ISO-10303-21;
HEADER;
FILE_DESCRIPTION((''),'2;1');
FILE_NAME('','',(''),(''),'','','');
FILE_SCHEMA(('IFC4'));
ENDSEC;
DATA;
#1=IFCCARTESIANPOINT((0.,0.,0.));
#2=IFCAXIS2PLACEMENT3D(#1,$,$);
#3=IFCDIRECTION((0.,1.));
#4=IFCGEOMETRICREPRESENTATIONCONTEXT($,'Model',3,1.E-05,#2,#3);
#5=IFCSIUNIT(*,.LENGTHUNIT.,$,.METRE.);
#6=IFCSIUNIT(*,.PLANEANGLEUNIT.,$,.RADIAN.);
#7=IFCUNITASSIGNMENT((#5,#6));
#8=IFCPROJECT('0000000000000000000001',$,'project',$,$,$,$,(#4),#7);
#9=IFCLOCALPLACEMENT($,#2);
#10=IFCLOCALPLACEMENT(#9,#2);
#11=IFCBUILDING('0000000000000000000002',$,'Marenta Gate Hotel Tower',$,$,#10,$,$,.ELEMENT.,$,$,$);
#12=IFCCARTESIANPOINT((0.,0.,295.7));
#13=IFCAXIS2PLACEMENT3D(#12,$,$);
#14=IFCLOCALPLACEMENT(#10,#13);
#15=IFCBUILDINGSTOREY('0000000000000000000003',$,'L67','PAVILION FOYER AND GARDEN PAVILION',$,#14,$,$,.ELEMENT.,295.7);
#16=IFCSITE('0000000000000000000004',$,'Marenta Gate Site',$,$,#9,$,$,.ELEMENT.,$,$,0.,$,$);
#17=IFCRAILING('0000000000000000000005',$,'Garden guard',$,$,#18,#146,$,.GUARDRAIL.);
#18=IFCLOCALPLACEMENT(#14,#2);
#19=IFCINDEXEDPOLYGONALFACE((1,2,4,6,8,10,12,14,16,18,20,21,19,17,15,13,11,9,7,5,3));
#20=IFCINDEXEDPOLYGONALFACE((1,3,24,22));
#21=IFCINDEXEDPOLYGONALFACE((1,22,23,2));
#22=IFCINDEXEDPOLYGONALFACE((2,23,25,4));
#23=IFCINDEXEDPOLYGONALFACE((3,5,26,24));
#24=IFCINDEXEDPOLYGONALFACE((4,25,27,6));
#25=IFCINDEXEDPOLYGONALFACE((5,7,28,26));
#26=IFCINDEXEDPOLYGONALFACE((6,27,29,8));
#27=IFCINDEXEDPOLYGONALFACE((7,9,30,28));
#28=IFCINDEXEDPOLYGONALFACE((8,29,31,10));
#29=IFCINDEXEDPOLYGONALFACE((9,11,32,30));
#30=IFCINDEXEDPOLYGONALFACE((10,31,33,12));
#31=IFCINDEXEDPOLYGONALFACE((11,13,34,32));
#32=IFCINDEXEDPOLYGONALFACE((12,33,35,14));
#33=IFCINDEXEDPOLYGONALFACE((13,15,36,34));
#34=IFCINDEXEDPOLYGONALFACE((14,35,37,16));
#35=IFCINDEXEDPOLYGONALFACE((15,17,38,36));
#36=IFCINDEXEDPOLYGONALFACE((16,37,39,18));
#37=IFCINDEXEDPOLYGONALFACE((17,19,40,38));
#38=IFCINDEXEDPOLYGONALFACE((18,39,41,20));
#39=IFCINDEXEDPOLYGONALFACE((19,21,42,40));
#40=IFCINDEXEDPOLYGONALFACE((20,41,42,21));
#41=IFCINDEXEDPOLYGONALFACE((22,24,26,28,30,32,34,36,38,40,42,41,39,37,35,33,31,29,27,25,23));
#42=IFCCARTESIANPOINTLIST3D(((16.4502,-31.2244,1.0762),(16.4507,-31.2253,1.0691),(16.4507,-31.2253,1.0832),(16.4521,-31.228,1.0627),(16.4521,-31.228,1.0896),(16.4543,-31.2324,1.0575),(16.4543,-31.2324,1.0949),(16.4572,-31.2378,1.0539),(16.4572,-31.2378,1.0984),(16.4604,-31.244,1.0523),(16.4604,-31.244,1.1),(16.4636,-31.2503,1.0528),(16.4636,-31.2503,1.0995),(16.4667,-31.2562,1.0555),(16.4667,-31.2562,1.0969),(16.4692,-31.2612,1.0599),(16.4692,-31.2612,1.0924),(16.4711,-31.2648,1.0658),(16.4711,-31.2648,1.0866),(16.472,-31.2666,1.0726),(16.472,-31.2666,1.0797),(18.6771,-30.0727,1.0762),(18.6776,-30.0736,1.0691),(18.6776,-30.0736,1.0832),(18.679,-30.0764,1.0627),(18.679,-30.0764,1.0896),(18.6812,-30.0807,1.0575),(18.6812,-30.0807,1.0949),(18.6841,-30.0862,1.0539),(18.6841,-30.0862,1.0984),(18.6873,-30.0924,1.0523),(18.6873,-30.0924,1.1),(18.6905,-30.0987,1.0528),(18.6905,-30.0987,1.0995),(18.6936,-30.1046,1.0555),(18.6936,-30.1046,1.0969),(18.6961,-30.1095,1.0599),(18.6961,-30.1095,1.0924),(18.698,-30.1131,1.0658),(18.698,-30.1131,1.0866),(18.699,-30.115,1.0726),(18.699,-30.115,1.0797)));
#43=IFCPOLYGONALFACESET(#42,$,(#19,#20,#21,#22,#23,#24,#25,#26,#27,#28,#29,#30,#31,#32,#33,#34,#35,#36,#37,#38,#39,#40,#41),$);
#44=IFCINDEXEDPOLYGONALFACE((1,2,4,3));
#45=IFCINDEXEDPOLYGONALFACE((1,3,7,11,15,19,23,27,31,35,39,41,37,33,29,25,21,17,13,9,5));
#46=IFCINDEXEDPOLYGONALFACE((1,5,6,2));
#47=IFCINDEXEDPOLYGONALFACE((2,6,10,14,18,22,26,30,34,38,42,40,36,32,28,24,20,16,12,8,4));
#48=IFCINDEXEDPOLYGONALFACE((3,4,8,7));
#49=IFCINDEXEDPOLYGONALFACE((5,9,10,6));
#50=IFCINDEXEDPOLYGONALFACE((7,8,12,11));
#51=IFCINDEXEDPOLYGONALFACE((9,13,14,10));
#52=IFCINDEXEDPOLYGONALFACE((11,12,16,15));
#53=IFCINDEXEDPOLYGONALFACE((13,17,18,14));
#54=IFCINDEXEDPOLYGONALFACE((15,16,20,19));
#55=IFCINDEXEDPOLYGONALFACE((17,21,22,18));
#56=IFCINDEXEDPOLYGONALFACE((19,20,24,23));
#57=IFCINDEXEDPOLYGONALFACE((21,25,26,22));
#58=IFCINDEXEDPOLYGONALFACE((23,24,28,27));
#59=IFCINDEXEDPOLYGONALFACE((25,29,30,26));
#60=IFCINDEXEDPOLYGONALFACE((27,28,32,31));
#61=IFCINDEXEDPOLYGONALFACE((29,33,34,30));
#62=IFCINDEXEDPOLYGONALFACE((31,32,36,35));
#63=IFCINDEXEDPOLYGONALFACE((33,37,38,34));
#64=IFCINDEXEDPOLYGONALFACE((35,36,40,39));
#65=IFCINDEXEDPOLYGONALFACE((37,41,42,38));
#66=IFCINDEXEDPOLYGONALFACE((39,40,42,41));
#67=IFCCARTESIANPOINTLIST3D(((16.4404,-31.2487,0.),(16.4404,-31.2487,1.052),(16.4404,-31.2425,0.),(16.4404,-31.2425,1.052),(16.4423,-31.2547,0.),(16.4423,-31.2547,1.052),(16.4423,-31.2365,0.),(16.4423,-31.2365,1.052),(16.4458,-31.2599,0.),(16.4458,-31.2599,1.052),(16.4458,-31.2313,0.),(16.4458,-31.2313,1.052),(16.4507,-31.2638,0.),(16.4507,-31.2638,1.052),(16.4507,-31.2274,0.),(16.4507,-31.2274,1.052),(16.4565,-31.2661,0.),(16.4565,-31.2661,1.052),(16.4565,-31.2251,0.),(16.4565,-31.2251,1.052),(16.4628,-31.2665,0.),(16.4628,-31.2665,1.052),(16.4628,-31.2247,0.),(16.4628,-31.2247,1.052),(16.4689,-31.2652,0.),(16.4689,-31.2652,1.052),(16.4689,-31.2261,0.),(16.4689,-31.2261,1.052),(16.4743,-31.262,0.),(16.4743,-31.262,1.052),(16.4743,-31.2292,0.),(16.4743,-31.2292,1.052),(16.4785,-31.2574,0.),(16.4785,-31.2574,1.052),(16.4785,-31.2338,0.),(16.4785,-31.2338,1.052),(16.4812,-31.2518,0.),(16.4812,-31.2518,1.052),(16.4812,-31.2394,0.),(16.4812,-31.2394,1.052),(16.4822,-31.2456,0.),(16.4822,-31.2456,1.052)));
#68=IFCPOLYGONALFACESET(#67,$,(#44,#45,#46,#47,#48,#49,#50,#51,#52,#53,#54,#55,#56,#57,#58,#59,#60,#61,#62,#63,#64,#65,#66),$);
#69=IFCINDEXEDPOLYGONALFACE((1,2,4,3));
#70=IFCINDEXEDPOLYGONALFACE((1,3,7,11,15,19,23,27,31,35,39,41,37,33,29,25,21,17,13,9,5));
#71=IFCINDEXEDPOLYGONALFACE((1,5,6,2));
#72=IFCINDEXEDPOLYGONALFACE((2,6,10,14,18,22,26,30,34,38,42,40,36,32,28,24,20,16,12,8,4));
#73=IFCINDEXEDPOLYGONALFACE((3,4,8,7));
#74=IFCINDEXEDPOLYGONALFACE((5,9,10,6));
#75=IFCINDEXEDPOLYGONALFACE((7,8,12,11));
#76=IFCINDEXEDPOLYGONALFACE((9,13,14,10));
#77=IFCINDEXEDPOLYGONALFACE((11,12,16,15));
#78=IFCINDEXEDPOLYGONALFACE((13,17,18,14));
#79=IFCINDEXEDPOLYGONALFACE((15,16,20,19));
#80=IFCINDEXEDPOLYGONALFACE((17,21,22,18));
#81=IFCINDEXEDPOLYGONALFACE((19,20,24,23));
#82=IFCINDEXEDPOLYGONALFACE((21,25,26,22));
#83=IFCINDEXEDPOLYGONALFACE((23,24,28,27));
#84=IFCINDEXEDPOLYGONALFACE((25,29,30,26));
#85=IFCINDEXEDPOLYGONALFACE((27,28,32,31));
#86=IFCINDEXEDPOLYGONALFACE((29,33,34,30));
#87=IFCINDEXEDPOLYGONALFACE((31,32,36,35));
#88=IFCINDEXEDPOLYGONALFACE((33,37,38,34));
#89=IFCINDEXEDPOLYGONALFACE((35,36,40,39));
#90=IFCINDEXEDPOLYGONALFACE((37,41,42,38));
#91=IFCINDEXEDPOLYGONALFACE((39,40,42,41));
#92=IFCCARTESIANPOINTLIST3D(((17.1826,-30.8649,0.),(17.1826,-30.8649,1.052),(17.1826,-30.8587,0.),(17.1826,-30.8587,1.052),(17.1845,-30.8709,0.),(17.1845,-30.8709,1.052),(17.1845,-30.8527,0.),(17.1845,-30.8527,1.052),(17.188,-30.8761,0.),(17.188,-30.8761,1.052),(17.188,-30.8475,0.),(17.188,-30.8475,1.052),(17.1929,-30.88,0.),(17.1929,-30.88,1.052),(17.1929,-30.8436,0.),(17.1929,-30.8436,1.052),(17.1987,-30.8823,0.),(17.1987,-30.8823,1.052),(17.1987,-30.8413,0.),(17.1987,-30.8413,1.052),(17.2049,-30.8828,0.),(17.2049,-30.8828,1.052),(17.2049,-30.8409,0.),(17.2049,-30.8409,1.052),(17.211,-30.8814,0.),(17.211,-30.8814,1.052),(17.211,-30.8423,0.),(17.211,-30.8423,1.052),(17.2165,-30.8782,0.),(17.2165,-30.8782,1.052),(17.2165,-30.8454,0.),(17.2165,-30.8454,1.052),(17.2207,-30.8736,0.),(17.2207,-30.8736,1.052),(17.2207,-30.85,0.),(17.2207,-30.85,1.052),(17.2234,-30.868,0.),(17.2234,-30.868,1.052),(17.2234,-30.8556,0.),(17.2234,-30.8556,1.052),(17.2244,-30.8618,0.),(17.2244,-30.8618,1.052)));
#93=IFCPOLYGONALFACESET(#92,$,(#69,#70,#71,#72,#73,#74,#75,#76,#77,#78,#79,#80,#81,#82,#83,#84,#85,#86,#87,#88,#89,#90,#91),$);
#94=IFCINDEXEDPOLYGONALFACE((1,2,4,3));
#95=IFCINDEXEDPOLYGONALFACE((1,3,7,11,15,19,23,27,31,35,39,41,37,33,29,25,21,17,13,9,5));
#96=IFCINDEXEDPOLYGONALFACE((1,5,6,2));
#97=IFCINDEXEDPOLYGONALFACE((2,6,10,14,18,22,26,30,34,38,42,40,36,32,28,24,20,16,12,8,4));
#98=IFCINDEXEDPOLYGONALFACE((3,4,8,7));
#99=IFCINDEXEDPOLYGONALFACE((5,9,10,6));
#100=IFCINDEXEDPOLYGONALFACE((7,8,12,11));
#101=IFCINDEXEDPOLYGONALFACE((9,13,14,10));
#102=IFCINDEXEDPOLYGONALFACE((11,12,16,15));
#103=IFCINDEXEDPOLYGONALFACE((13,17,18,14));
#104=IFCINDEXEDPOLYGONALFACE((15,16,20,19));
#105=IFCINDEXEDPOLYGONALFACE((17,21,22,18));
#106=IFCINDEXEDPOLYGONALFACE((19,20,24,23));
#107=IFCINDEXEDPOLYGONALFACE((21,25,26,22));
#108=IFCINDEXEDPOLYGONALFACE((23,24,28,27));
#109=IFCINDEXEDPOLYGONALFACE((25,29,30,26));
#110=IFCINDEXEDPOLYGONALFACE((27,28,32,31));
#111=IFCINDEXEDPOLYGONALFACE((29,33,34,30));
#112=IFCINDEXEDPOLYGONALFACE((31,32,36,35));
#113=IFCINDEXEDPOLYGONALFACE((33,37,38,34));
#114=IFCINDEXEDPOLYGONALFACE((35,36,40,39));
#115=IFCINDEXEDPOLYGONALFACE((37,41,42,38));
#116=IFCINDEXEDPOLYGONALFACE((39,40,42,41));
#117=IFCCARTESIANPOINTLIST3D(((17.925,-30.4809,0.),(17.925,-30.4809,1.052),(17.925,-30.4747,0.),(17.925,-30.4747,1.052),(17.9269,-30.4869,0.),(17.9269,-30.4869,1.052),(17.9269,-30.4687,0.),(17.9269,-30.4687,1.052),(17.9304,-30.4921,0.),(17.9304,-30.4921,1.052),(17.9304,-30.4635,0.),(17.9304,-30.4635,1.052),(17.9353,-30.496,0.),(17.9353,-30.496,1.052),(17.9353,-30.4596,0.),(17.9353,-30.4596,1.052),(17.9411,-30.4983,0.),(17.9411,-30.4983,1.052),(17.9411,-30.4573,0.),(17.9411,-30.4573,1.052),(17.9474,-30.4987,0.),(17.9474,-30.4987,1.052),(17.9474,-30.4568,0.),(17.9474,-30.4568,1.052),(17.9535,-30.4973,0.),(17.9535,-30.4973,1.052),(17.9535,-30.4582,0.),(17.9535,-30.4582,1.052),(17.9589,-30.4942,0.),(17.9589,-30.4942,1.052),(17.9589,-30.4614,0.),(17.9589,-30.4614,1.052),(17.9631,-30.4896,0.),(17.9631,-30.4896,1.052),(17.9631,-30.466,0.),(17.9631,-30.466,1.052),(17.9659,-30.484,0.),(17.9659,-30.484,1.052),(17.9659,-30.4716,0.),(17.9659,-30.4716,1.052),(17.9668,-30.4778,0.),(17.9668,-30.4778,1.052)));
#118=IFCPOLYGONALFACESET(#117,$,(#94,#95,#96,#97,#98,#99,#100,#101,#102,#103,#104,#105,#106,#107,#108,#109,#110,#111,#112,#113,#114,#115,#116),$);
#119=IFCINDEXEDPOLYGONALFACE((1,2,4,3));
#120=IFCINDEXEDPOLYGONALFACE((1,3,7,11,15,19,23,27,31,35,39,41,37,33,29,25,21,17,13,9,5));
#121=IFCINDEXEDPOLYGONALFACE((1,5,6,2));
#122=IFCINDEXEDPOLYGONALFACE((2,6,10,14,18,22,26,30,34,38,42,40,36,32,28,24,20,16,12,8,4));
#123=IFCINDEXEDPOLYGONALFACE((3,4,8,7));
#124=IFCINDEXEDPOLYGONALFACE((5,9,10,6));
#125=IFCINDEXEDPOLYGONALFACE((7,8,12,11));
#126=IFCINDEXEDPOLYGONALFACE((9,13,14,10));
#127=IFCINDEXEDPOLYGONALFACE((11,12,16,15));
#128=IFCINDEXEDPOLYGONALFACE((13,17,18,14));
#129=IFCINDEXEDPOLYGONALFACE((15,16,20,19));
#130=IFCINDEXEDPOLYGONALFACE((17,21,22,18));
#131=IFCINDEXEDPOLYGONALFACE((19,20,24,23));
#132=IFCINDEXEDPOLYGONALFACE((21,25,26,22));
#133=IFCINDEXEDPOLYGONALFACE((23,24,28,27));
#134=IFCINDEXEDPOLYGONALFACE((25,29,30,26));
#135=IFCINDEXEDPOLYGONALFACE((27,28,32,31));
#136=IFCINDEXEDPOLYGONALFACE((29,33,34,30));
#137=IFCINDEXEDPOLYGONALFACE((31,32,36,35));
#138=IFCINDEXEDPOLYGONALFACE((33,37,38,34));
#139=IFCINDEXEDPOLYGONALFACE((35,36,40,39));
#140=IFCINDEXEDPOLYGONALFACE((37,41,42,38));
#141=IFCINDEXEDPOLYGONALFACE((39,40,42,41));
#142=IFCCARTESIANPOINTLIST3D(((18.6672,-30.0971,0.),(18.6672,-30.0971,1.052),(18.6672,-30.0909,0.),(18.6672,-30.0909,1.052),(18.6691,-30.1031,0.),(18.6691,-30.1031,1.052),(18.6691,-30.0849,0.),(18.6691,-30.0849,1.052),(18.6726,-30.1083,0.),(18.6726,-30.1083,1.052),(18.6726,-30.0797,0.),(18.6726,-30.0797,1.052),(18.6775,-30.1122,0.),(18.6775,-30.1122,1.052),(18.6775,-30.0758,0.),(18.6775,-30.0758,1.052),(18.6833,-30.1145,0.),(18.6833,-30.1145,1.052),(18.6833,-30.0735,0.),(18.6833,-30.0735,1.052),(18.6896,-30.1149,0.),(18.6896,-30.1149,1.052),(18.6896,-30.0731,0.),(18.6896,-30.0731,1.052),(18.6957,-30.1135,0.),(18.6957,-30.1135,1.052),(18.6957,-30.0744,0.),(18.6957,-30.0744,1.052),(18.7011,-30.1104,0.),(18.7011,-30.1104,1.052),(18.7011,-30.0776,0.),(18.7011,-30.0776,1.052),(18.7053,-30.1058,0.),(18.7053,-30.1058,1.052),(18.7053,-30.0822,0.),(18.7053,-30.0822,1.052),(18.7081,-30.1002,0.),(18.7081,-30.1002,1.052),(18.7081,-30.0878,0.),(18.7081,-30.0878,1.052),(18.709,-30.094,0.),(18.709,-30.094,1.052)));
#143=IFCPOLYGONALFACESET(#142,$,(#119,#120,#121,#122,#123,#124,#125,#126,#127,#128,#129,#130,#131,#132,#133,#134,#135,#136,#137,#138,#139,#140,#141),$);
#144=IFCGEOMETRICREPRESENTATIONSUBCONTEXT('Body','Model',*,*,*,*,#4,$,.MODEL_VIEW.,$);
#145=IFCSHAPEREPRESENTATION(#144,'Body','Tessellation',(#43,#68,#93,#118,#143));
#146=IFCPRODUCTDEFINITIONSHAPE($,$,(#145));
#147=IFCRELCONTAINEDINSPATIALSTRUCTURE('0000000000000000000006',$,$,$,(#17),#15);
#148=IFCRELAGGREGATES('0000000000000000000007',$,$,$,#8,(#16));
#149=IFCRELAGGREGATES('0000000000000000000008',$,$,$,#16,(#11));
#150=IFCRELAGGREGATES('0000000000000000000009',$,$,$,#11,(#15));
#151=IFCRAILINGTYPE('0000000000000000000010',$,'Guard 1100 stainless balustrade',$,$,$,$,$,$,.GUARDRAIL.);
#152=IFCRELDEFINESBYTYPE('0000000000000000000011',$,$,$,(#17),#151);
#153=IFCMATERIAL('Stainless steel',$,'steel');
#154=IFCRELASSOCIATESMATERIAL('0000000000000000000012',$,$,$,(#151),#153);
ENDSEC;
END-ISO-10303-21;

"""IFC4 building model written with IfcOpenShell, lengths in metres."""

from ifc_helpers import new_model, si_unit, direction, frame, origin, origin_2d, place, context, subcontext, project, spatial, circle, extrude, material, type_object, element, save


model = new_model("IFC4")

# Units and contexts
model_context = context("Model", 3, precision=1e-05, world=origin(), true_north=direction((0.0, 1.0)))
body_context = subcontext(model_context, "Body", "Model", "MODEL_VIEW")
ifc_project = project(units=[si_unit("LENGTHUNIT", "METRE"), si_unit("PLANEANGLEUNIT", "RADIAN")], contexts=[model_context])

# Site, building, storey
site_placement = place(None, origin())
site = spatial("IfcSite", under=ifc_project, at=site_placement, Name="Marenta Gate Site", CompositionType="ELEMENT", RefElevation=0.0)
building_placement = place(site_placement, origin())
building = spatial("IfcBuilding", under=site, at=building_placement, Name="Marenta Gate Hotel Tower", CompositionType="ELEMENT")
storey_placement = place(building_placement, frame((0.0, 0.0, 295.7)))
storey = spatial("IfcBuildingStorey", under=building, at=storey_placement, Name="L67", Description="PAVILION FOYER AND GARDEN PAVILION", CompositionType="ELEMENT", Elevation=295.7)

# Railing
ifc_material_1 = material(Name="Stainless steel", Category="steel")
railing_type = type_object("IfcRailingType", Name="Guard 1100 stainless balustrade", PredefinedType="GUARDRAIL", material=ifc_material_1)
railing_1_placement = place(storey_placement, frame((16.4612, -31.2456, 0.0)))
element("IfcRailing", 1, at=railing_1_placement, inside=storey, type_object=railing_type, Name="Garden guard", PredefinedType="GUARDRAIL", context=body_context, shape_type="SweptSolid", body=[
    extrude(circle(Radius=0.0239, at=origin_2d()), frame((0.0, 0.0, 1.0762), z_axis=(0.888248, 0.459365, 0.0), x_axis=(-0.459365, 0.888248, 0.0)), (0.0, 0.0, 1.0), 2.5071),
    extrude(circle(Radius=0.021, at=origin_2d()), origin(), (0.0, 0.0, 1.0), 1.052),
    extrude(circle(Radius=0.021, at=origin_2d()), frame((0.7422, 0.3838, 0.0)), (0.0, 0.0, 1.0), 1.052),
    extrude(circle(Radius=0.021, at=origin_2d()), frame((1.4846, 0.7678, 0.0)), (0.0, 0.0, 1.0), 1.052),
    extrude(circle(Radius=0.021, at=origin_2d()), frame((2.2268, 1.1516, 0.0)), (0.0, 0.0, 1.0), 1.052),
])

save(model, "model.ifc")
